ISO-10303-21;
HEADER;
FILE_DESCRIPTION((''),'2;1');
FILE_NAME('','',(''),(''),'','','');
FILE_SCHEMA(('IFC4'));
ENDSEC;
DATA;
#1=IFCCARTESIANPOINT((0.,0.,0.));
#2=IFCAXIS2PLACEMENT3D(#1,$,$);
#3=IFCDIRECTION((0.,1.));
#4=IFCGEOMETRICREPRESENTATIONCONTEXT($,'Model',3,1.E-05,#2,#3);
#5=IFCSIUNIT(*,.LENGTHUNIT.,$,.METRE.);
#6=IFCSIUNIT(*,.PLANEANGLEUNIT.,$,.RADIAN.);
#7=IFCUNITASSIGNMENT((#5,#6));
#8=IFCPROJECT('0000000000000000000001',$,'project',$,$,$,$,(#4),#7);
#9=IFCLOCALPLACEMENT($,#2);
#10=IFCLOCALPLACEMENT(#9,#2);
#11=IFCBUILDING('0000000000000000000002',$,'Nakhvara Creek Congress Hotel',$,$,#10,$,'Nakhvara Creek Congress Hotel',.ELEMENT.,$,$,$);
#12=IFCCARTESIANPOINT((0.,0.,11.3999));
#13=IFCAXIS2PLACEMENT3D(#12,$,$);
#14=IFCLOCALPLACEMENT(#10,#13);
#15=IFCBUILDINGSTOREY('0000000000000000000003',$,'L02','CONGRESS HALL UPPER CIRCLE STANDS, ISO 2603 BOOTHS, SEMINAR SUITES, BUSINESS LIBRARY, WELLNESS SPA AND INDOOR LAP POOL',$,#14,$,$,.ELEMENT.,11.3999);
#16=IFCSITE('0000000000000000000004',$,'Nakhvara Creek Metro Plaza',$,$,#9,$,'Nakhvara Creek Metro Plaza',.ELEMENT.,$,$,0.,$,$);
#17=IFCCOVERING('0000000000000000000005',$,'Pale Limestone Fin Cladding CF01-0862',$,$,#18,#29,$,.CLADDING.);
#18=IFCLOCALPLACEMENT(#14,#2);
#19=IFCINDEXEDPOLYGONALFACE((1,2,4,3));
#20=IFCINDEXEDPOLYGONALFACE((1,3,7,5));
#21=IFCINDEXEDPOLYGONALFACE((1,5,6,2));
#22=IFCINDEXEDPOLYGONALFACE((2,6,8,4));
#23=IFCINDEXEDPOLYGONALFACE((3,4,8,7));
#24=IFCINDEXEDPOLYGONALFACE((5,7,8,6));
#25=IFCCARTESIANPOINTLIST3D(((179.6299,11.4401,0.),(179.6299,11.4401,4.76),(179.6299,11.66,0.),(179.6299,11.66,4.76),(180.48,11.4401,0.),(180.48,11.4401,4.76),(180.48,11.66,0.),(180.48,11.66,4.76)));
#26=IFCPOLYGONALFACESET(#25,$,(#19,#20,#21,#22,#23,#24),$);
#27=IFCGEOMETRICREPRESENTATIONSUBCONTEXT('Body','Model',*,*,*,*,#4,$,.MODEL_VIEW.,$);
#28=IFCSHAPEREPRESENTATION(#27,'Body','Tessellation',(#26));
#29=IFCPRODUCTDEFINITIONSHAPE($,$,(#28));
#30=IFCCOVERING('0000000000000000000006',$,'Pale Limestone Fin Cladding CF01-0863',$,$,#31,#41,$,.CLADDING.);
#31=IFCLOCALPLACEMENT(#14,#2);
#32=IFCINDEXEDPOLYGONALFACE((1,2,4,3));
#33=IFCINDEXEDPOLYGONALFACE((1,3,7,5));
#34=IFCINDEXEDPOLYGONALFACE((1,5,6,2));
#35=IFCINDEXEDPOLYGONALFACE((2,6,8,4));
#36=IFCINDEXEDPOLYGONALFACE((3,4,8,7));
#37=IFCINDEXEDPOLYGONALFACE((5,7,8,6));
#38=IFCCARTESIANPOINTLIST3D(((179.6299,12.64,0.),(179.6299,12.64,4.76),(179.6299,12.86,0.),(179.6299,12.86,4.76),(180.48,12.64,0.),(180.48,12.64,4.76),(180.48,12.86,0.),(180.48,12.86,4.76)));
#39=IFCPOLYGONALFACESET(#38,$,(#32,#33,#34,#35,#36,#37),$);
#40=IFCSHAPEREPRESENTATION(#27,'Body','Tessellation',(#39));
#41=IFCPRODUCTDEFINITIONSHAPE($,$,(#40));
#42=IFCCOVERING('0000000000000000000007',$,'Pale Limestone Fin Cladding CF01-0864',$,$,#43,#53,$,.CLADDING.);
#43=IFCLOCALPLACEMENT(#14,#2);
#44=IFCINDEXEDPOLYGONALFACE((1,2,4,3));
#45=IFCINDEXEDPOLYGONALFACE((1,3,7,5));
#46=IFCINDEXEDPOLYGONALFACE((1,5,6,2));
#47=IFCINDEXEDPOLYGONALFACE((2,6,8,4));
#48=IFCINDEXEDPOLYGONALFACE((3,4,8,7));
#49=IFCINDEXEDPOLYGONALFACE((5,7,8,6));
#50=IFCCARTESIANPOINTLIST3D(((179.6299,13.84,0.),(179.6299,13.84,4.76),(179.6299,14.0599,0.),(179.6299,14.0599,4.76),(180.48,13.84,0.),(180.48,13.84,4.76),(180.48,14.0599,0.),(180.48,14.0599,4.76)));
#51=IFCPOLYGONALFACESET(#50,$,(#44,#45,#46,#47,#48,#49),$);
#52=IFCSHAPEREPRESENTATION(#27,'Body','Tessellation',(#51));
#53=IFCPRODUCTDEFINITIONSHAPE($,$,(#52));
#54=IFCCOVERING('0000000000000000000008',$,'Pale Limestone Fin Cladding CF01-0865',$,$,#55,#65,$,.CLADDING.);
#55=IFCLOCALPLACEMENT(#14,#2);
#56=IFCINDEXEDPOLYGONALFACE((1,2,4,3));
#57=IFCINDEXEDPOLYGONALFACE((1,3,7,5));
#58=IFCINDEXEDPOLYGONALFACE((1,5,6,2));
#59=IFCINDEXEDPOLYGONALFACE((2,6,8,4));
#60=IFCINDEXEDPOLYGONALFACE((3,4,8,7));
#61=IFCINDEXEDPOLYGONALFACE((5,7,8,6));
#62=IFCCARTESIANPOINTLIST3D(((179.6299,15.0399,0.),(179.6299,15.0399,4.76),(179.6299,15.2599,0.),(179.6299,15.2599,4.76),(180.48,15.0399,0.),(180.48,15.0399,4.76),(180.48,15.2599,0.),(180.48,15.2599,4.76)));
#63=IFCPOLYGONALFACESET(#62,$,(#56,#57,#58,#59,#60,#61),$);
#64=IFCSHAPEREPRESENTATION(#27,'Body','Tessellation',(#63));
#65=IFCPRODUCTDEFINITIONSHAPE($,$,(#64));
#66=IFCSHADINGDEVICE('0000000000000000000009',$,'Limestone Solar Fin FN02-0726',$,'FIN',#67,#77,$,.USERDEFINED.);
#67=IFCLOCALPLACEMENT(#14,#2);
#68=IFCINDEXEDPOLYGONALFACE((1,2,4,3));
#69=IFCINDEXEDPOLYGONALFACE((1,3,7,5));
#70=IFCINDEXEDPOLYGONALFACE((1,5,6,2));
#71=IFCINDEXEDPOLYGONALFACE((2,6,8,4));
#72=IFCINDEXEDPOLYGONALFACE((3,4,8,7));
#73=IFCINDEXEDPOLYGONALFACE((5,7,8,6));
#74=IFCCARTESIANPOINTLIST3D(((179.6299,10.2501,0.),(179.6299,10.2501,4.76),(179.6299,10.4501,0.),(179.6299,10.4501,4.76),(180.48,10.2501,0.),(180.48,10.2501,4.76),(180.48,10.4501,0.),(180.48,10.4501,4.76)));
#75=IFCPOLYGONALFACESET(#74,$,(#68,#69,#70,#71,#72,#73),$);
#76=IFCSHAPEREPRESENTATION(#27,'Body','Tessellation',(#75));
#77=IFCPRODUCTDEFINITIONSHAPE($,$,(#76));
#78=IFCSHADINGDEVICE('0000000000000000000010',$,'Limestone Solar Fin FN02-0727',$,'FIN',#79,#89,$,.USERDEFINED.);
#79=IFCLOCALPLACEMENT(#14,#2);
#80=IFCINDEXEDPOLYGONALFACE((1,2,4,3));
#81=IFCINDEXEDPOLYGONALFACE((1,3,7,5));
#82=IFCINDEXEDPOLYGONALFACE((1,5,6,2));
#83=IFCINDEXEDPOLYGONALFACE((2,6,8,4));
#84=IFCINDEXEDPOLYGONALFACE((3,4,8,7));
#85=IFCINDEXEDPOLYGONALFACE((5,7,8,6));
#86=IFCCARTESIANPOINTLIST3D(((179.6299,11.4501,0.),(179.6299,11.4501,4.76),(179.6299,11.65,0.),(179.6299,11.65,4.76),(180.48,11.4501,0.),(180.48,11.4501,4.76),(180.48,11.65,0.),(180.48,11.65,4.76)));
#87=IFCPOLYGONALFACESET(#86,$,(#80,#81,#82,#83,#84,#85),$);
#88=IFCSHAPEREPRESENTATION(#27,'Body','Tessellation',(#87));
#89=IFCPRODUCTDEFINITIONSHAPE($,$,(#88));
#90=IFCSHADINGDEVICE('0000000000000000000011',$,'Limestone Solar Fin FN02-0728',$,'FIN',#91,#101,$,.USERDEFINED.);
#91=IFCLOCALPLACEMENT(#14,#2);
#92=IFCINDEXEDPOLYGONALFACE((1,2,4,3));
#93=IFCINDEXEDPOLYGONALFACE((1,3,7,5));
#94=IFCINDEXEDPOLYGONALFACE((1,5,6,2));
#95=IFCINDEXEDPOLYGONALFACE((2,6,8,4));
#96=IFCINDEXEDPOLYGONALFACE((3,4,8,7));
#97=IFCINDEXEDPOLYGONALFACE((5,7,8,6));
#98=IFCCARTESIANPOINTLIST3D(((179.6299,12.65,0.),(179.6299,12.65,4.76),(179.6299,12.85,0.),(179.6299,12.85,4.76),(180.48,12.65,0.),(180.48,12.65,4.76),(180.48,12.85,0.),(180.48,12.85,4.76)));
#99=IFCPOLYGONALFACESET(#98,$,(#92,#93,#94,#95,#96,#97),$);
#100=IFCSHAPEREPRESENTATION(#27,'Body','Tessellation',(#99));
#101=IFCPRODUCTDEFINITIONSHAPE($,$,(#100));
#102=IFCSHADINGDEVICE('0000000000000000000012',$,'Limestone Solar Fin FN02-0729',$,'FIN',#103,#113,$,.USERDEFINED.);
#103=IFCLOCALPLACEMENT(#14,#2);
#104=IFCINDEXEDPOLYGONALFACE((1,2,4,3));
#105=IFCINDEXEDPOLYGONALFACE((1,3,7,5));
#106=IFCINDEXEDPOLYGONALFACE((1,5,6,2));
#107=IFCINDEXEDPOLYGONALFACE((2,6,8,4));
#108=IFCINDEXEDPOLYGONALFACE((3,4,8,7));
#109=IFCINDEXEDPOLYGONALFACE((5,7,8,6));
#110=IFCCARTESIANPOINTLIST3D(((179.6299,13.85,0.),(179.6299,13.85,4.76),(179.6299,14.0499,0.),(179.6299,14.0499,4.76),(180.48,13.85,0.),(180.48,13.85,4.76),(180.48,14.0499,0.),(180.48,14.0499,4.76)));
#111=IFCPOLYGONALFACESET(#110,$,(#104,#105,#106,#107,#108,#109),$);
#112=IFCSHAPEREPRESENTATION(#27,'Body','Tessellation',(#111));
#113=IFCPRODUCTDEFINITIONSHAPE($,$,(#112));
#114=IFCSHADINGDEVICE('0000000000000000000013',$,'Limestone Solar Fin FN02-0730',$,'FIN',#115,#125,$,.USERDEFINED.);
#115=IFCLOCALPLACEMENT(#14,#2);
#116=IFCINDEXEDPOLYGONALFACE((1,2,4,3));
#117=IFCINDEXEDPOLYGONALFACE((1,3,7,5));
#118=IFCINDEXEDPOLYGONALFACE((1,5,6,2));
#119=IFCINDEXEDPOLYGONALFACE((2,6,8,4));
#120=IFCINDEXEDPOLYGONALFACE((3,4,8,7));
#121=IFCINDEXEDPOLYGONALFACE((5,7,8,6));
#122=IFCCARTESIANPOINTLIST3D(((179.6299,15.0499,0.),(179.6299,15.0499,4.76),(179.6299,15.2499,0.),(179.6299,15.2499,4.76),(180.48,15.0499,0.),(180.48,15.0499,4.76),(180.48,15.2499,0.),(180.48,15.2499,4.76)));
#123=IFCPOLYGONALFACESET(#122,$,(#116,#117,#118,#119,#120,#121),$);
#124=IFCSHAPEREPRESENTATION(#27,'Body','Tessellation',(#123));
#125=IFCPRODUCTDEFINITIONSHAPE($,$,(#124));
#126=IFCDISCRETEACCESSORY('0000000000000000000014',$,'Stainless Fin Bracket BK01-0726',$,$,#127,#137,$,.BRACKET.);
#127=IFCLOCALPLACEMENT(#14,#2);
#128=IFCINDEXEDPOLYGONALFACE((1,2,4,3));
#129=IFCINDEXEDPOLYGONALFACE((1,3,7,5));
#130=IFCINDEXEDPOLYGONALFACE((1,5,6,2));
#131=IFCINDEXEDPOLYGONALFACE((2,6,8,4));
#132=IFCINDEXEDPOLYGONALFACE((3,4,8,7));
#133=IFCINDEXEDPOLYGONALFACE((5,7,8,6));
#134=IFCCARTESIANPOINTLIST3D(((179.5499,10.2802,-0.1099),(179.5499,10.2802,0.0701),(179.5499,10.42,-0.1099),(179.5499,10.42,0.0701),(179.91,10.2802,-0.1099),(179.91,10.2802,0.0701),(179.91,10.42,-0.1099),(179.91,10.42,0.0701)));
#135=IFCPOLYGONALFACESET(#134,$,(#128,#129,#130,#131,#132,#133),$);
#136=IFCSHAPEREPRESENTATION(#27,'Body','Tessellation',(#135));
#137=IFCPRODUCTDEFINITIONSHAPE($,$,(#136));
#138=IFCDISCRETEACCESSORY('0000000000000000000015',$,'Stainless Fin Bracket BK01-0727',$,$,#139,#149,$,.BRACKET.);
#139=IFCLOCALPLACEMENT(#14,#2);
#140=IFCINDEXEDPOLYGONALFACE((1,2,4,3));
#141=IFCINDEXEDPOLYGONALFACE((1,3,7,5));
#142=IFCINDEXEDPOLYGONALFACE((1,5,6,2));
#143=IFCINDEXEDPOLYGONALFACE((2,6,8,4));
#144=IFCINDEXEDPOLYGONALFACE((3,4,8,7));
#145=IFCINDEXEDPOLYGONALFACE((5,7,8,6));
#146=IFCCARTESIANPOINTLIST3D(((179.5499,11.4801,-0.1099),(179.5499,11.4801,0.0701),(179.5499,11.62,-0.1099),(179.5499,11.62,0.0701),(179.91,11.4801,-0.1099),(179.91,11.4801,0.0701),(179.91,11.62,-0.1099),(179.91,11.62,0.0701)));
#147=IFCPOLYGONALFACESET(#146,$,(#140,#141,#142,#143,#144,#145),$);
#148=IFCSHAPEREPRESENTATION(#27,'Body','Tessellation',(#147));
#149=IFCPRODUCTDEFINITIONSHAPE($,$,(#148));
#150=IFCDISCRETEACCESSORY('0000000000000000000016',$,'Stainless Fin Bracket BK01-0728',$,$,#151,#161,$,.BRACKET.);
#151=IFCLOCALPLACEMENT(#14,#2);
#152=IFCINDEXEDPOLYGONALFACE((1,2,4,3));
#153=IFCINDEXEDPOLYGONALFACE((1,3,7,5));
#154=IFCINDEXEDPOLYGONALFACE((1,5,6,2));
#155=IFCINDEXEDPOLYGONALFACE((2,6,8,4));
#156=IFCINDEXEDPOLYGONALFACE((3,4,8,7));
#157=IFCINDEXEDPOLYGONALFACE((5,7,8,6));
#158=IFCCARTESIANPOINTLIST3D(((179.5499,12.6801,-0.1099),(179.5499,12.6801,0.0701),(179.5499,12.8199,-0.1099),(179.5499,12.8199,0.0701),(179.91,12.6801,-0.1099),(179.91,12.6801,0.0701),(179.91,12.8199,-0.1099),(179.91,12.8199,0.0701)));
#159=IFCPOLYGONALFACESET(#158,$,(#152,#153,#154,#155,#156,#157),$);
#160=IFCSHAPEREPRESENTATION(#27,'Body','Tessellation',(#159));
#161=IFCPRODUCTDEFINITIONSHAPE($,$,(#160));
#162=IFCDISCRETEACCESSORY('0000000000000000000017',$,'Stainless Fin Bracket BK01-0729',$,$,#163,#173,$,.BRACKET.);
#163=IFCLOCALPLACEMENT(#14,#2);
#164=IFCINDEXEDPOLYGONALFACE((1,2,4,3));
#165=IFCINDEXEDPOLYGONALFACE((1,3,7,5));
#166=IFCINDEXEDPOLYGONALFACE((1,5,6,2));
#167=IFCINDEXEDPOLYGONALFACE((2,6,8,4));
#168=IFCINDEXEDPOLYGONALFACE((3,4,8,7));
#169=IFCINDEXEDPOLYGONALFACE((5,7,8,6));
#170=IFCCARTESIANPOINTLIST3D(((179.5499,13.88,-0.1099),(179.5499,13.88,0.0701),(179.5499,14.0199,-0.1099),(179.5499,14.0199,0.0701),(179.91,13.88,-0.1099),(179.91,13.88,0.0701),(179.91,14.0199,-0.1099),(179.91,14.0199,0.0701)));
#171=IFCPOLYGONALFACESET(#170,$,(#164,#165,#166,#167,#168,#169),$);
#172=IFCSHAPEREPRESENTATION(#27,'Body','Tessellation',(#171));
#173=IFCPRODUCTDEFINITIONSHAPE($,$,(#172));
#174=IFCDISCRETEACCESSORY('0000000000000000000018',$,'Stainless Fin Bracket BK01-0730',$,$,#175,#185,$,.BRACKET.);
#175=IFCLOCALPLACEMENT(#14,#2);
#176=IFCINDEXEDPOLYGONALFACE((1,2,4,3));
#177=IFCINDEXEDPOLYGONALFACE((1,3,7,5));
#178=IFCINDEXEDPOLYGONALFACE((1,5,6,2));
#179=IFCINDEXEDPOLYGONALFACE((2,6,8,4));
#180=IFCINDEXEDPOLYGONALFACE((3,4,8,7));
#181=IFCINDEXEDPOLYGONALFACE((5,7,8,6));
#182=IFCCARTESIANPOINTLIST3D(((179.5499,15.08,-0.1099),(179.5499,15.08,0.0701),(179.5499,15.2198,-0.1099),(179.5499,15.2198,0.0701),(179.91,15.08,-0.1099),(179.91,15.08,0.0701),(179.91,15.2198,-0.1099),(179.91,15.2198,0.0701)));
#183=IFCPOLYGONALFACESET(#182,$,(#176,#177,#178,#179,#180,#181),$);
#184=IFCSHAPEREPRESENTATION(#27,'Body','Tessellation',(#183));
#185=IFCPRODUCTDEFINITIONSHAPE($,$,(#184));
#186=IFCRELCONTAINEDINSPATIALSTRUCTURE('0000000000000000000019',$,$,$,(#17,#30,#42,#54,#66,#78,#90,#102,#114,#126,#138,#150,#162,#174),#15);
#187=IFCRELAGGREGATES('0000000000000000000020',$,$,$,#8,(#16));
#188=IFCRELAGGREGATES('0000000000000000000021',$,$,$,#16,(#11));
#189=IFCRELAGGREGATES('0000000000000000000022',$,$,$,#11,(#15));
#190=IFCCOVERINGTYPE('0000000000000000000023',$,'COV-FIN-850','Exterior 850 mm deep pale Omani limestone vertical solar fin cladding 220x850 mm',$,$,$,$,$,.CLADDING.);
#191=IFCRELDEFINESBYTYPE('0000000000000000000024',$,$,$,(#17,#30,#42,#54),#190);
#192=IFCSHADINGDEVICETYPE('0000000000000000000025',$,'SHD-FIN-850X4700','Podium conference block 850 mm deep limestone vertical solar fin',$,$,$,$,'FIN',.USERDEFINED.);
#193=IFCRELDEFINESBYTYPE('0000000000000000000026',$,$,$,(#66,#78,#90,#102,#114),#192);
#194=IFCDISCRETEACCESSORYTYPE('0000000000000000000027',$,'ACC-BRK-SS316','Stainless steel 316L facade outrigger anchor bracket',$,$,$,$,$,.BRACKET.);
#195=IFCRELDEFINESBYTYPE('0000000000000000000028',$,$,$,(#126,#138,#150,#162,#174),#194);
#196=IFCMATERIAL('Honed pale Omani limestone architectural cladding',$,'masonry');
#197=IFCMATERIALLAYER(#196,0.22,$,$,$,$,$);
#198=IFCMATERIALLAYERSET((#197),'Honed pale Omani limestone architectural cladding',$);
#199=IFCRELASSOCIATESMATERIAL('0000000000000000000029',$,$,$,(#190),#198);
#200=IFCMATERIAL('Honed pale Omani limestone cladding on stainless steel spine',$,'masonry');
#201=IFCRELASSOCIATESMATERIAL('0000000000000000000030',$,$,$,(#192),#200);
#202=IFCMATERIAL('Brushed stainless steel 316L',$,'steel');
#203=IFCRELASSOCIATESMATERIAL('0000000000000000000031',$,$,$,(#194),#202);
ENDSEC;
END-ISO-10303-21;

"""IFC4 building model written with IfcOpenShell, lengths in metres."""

from ifc_helpers import new_model, si_unit, direction, frame, origin, origin_2d, place, context, subcontext, project, spatial, rectangle, extrude, material, layer, layer_set, type_object, element, save


model = new_model("IFC4")

# Units and contexts
model_context = context("Model", 3, precision=1e-05, world=origin(), true_north=direction((0.0, 1.0)))
body_context = subcontext(model_context, "Body", "Model", "MODEL_VIEW")
ifc_project = project(units=[si_unit("LENGTHUNIT", "METRE"), si_unit("PLANEANGLEUNIT", "RADIAN")], contexts=[model_context])

# Site, building, storey
site_placement = place(None, origin())
site = spatial("IfcSite", under=ifc_project, at=site_placement, Name="Nakhvara Creek Metro Plaza", LongName="Nakhvara Creek Metro Plaza", CompositionType="ELEMENT", RefElevation=0.0)
building_placement = place(site_placement, origin())
building = spatial("IfcBuilding", under=site, at=building_placement, Name="Nakhvara Creek Congress Hotel", LongName="Nakhvara Creek Congress Hotel", CompositionType="ELEMENT")
storey_placement = place(building_placement, frame((0.0, 0.0, 11.3999)))
storey = spatial("IfcBuildingStorey", under=building, at=storey_placement, Name="L02", Description="CONGRESS HALL UPPER CIRCLE STANDS, ISO 2603 BOOTHS, SEMINAR SUITES, BUSINESS LIBRARY, WELLNESS SPA AND INDOOR LAP POOL", CompositionType="ELEMENT", Elevation=11.3999)

# Coverings
ifc_material_1 = material(Name="Honed pale Omani limestone architectural cladding", Category="masonry")
ifc_layer_1 = layer(ifc_material_1, 0.22)
ifc_layer_set_1 = layer_set([ifc_layer_1], Name="Honed pale Omani limestone architectural cladding")
covering_type = type_object("IfcCoveringType", Name="COV-FIN-850", Description="Exterior 850 mm deep pale Omani limestone vertical solar fin cladding 220x850 mm", PredefinedType="CLADDING", material=ifc_layer_set_1)
for number, where, z_axis, x_axis, name in (
    (1, (180.0549, 11.55, 0.0), (0.0, 0.0, 1.0), (0.0, 1.0, 0.0), "Pale Limestone Fin Cladding CF01-0862"),
    (2, (180.0549, 12.75, 0.0), (0.0, 0.0, 1.0), (0.0, 1.0, 0.0), "Pale Limestone Fin Cladding CF01-0863"),
    (3, (180.0549, 13.95, 0.0), (0.0, 0.0, 1.0), (0.0, 1.0, 0.0), "Pale Limestone Fin Cladding CF01-0864"),
    (4, (180.0549, 15.1499, 0.0), (0.0, 0.0, 1.0), (0.0, 1.0, 0.0), "Pale Limestone Fin Cladding CF01-0865"),
):
    element("IfcCovering", number, at=place(storey_placement, frame(where, z_axis=z_axis, x_axis=x_axis)), inside=storey, type_object=covering_type, Name=name, PredefinedType="CLADDING", context=body_context, shape_type="SweptSolid", body=[
        extrude(rectangle(XDim=0.22, YDim=0.8501, at=origin_2d()), origin(), (0.0, 0.0, 1.0), 4.76),
    ])

# Shading devices
ifc_material_2 = material(Name="Honed pale Omani limestone cladding on stainless steel spine", Category="masonry")
shading_device_type = type_object("IfcShadingDeviceType", Name="SHD-FIN-850X4700", Description="Podium conference block 850 mm deep limestone vertical solar fin", ElementType="FIN", PredefinedType="USERDEFINED", material=ifc_material_2)
for number, where, z_axis, x_axis, name in (
    (5, (180.0549, 10.3501, 0.0), (0.0, 0.0, 1.0), (0.0, 1.0, 0.0), "Limestone Solar Fin FN02-0726"),
    (6, (180.0549, 11.55, 0.0), (0.0, 0.0, 1.0), (0.0, 1.0, 0.0), "Limestone Solar Fin FN02-0727"),
    (7, (180.0549, 12.75, 0.0), (0.0, 0.0, 1.0), (0.0, 1.0, 0.0), "Limestone Solar Fin FN02-0728"),
    (8, (180.0549, 13.95, 0.0), (0.0, 0.0, 1.0), (0.0, 1.0, 0.0), "Limestone Solar Fin FN02-0729"),
    (9, (180.0549, 15.1499, 0.0), (0.0, 0.0, 1.0), (0.0, 1.0, 0.0), "Limestone Solar Fin FN02-0730"),
):
    element("IfcShadingDevice", number, at=place(storey_placement, frame(where, z_axis=z_axis, x_axis=x_axis)), inside=storey, type_object=shading_device_type, Name=name, ObjectType="FIN", PredefinedType="USERDEFINED", context=body_context, shape_type="SweptSolid", body=[
        extrude(rectangle(XDim=0.2, YDim=0.8501, at=origin_2d()), origin(), (0.0, 0.0, 1.0), 4.76),
    ])

# Discrete accessories
ifc_material_3 = material(Name="Brushed stainless steel 316L", Category="steel")
discrete_accessory_type = type_object("IfcDiscreteAccessoryType", Name="ACC-BRK-SS316", Description="Stainless steel 316L facade outrigger anchor bracket", PredefinedType="BRACKET", material=ifc_material_3)
for number, where, z_axis, x_axis, name in (
    (10, (179.73, 10.3501, -0.1099), (0.0, 0.0, 1.0), (0.0, 1.0, 0.0), "Stainless Fin Bracket BK01-0726"),
    (11, (179.73, 11.55, -0.1099), (0.0, 0.0, 1.0), (0.0, 1.0, 0.0), "Stainless Fin Bracket BK01-0727"),
    (12, (179.73, 12.75, -0.1099), (0.0, 0.0, 1.0), (0.0, 1.0, 0.0), "Stainless Fin Bracket BK01-0728"),
    (13, (179.73, 13.95, -0.1099), (0.0, 0.0, 1.0), (0.0, 1.0, 0.0), "Stainless Fin Bracket BK01-0729"),
    (14, (179.73, 15.1499, -0.1099), (0.0, 0.0, 1.0), (0.0, 1.0, 0.0), "Stainless Fin Bracket BK01-0730"),
):
    element("IfcDiscreteAccessory", number, at=place(storey_placement, frame(where, z_axis=z_axis, x_axis=x_axis)), inside=storey, type_object=discrete_accessory_type, Name=name, PredefinedType="BRACKET", context=body_context, shape_type="SweptSolid", body=[
        extrude(rectangle(XDim=0.1399, YDim=0.3601, at=origin_2d()), origin(), (0.0, 0.0, 1.0), 0.1799),
    ])

save(model, "model.ifc")
